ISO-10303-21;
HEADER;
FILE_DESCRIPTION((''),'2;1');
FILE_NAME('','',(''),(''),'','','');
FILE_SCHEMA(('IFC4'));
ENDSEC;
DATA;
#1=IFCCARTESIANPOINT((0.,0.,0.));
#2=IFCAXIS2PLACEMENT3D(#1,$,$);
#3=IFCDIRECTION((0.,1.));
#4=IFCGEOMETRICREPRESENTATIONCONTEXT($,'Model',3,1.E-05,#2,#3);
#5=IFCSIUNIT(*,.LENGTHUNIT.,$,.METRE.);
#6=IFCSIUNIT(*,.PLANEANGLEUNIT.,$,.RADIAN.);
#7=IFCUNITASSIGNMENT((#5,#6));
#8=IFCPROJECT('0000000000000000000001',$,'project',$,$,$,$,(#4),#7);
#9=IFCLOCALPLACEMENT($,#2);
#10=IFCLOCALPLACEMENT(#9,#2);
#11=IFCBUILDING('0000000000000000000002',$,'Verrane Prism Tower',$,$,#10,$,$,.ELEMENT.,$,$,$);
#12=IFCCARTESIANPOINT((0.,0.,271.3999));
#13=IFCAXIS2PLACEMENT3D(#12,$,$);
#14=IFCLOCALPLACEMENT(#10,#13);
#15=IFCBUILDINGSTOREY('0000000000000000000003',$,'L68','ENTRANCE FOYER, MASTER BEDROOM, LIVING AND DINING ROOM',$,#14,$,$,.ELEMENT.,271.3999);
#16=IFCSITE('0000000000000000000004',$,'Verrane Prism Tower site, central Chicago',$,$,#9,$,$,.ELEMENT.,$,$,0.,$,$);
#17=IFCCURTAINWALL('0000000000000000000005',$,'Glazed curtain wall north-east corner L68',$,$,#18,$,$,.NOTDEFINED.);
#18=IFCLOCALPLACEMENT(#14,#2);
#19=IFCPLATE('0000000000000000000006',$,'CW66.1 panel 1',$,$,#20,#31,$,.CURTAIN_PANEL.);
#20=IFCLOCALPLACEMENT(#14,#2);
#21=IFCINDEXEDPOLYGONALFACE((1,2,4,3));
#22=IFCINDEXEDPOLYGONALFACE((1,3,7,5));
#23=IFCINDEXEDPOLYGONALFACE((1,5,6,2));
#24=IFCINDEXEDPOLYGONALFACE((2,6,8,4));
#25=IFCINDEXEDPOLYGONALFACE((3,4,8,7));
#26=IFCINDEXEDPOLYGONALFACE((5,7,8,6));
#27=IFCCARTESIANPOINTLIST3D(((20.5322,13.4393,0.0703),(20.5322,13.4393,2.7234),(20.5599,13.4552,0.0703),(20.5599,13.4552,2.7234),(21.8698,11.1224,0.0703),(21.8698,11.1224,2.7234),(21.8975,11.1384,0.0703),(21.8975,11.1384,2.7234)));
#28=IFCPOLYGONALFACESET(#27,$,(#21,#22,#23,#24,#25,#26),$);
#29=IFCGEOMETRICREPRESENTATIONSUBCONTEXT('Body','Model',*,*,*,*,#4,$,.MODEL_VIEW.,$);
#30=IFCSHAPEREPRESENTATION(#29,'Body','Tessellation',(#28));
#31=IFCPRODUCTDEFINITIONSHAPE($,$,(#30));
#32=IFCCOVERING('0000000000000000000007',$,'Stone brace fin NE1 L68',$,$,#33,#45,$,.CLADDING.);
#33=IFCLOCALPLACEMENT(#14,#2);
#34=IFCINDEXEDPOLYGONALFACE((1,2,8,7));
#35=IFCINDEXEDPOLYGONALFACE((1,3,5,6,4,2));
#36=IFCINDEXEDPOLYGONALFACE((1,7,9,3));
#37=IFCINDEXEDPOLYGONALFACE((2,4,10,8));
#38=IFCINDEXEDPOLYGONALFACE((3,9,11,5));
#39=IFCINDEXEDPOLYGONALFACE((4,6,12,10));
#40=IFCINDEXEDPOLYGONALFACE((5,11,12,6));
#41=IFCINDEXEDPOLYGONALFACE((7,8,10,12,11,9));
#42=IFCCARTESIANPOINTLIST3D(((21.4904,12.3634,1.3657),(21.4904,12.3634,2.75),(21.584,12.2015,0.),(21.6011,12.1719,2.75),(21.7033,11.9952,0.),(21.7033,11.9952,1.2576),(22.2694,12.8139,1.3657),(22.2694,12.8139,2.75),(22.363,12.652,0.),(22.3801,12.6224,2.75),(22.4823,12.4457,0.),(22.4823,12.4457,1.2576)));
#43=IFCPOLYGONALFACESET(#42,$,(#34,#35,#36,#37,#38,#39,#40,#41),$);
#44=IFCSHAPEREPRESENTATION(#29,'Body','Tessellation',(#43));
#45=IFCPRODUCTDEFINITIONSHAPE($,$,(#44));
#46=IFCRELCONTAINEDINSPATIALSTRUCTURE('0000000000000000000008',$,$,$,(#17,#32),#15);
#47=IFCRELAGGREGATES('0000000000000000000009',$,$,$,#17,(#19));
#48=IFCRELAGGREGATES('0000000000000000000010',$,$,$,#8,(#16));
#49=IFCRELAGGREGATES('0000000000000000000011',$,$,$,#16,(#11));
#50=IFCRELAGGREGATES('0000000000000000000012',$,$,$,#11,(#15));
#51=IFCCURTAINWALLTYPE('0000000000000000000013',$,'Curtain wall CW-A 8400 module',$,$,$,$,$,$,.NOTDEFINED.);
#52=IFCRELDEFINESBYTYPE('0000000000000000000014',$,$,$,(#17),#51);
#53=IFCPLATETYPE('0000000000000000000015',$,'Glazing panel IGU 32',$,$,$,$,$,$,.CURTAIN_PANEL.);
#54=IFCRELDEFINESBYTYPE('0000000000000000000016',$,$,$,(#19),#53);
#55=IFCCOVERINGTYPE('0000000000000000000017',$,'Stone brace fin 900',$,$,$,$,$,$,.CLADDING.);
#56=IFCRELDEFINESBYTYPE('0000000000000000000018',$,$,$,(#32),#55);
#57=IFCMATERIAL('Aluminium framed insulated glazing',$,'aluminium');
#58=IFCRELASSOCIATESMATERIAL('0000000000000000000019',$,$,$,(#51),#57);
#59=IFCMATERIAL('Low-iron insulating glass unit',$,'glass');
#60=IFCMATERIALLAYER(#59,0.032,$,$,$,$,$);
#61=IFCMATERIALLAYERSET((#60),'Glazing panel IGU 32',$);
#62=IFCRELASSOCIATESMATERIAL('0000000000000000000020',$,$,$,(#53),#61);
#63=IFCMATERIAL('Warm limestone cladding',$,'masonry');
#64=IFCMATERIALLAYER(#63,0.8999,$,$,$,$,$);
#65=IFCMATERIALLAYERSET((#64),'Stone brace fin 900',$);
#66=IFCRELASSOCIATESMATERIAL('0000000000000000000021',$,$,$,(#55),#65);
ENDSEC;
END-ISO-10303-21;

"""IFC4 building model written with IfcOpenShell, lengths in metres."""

from ifc_helpers import new_model, si_unit, direction, frame, origin, origin_2d, place, context, subcontext, project, spatial, polyline, rectangle, outline, extrude, material, layer, layer_set, type_object, element, aggregate, save


model = new_model("IFC4")

# Units and contexts
model_context = context("Model", 3, precision=1e-05, world=origin(), true_north=direction((0.0, 1.0)))
body_context = subcontext(model_context, "Body", "Model", "MODEL_VIEW")
ifc_project = project(units=[si_unit("LENGTHUNIT", "METRE"), si_unit("PLANEANGLEUNIT", "RADIAN")], contexts=[model_context])

# Site, building, storey
site_placement = place(None, origin())
site = spatial("IfcSite", under=ifc_project, at=site_placement, Name="Verrane Prism Tower site, central Chicago", CompositionType="ELEMENT", RefElevation=0.0)
building_placement = place(site_placement, origin())
building = spatial("IfcBuilding", under=site, at=building_placement, Name="Verrane Prism Tower", CompositionType="ELEMENT")
storey_placement = place(building_placement, frame((0.0, 0.0, 271.3999)))
storey = spatial("IfcBuildingStorey", under=building, at=storey_placement, Name="L68", Description="ENTRANCE FOYER, MASTER BEDROOM, LIVING AND DINING ROOM", CompositionType="ELEMENT", Elevation=271.3999)

# Curtain wall
ifc_material_1 = material(Name="Aluminium framed insulated glazing", Category="aluminium")
curtain_wall_type_1 = type_object("IfcCurtainWallType", Name="Curtain wall CW-A 8400 module", PredefinedType="NOTDEFINED", material=ifc_material_1)
curtain_wall_1_placement = place(storey_placement, origin())
curtain_wall_1 = element("IfcCurtainWall", 1, at=curtain_wall_1_placement, inside=storey, type_object=curtain_wall_type_1, Name="Glazed curtain wall north-east corner L68", PredefinedType="NOTDEFINED")

# Plate
ifc_material_2 = material(Name="Low-iron insulating glass unit", Category="glass")
ifc_layer_1 = layer(ifc_material_2, 0.032)
ifc_layer_set_1 = layer_set([ifc_layer_1], Name="Glazing panel IGU 32")
plate_type_1 = type_object("IfcPlateType", Name="Glazing panel IGU 32", PredefinedType="CURTAIN_PANEL", material=ifc_layer_set_1)
plate_1_placement = place(storey_placement, frame((21.2148, 12.2888, 0.0703), z_axis=(0.0, 0.0, 1.0), x_axis=(-0.500002, 0.866024, 0.0)))
plate_1 = element("IfcPlate", 2, at=plate_1_placement, type_object=plate_type_1, Name="CW66.1 panel 1", PredefinedType="CURTAIN_PANEL", context=body_context, shape_type="SweptSolid", body=[
    extrude(rectangle(XDim=2.6753, YDim=0.032, at=origin_2d()), origin(), (0.0, 0.0, 1.0), 2.6531),
])
aggregate(curtain_wall_1, [plate_1])

# Covering
ifc_material_3 = material(Name="Warm limestone cladding", Category="masonry")
ifc_layer_2 = layer(ifc_material_3, 0.8999)
ifc_layer_set_2 = layer_set([ifc_layer_2], Name="Stone brace fin 900")
covering_type = type_object("IfcCoveringType", Name="Stone brace fin 900", PredefinedType="CLADDING", material=ifc_layer_set_2)
covering_placement = place(storey_placement, frame((22.0928, 12.2205, 0.0), z_axis=(0.0, 0.0, 1.0), x_axis=(-0.500584, 0.865688, 0.0)))
element("IfcCovering", 3, at=covering_placement, inside=storey, type_object=covering_type, Name="Stone brace fin NE1 L68", PredefinedType="CLADDING", context=body_context, shape_type="SweptSolid", body=[
    extrude(outline(polyline([(0.4253, 2.75), (0.2041, 2.75), (0.0, 1.2576), (0.0, 0.0), (0.2383, 0.0), (0.4253, 1.3657), (0.4253, 2.75)])), frame((0.0, 0.45, 0.0), z_axis=(0.0, -1.0, 0.0), x_axis=(1.0, 0.0, 0.0)), (0.0, 0.0, 1.0), 0.8999),
])

save(model, "model.ifc")
